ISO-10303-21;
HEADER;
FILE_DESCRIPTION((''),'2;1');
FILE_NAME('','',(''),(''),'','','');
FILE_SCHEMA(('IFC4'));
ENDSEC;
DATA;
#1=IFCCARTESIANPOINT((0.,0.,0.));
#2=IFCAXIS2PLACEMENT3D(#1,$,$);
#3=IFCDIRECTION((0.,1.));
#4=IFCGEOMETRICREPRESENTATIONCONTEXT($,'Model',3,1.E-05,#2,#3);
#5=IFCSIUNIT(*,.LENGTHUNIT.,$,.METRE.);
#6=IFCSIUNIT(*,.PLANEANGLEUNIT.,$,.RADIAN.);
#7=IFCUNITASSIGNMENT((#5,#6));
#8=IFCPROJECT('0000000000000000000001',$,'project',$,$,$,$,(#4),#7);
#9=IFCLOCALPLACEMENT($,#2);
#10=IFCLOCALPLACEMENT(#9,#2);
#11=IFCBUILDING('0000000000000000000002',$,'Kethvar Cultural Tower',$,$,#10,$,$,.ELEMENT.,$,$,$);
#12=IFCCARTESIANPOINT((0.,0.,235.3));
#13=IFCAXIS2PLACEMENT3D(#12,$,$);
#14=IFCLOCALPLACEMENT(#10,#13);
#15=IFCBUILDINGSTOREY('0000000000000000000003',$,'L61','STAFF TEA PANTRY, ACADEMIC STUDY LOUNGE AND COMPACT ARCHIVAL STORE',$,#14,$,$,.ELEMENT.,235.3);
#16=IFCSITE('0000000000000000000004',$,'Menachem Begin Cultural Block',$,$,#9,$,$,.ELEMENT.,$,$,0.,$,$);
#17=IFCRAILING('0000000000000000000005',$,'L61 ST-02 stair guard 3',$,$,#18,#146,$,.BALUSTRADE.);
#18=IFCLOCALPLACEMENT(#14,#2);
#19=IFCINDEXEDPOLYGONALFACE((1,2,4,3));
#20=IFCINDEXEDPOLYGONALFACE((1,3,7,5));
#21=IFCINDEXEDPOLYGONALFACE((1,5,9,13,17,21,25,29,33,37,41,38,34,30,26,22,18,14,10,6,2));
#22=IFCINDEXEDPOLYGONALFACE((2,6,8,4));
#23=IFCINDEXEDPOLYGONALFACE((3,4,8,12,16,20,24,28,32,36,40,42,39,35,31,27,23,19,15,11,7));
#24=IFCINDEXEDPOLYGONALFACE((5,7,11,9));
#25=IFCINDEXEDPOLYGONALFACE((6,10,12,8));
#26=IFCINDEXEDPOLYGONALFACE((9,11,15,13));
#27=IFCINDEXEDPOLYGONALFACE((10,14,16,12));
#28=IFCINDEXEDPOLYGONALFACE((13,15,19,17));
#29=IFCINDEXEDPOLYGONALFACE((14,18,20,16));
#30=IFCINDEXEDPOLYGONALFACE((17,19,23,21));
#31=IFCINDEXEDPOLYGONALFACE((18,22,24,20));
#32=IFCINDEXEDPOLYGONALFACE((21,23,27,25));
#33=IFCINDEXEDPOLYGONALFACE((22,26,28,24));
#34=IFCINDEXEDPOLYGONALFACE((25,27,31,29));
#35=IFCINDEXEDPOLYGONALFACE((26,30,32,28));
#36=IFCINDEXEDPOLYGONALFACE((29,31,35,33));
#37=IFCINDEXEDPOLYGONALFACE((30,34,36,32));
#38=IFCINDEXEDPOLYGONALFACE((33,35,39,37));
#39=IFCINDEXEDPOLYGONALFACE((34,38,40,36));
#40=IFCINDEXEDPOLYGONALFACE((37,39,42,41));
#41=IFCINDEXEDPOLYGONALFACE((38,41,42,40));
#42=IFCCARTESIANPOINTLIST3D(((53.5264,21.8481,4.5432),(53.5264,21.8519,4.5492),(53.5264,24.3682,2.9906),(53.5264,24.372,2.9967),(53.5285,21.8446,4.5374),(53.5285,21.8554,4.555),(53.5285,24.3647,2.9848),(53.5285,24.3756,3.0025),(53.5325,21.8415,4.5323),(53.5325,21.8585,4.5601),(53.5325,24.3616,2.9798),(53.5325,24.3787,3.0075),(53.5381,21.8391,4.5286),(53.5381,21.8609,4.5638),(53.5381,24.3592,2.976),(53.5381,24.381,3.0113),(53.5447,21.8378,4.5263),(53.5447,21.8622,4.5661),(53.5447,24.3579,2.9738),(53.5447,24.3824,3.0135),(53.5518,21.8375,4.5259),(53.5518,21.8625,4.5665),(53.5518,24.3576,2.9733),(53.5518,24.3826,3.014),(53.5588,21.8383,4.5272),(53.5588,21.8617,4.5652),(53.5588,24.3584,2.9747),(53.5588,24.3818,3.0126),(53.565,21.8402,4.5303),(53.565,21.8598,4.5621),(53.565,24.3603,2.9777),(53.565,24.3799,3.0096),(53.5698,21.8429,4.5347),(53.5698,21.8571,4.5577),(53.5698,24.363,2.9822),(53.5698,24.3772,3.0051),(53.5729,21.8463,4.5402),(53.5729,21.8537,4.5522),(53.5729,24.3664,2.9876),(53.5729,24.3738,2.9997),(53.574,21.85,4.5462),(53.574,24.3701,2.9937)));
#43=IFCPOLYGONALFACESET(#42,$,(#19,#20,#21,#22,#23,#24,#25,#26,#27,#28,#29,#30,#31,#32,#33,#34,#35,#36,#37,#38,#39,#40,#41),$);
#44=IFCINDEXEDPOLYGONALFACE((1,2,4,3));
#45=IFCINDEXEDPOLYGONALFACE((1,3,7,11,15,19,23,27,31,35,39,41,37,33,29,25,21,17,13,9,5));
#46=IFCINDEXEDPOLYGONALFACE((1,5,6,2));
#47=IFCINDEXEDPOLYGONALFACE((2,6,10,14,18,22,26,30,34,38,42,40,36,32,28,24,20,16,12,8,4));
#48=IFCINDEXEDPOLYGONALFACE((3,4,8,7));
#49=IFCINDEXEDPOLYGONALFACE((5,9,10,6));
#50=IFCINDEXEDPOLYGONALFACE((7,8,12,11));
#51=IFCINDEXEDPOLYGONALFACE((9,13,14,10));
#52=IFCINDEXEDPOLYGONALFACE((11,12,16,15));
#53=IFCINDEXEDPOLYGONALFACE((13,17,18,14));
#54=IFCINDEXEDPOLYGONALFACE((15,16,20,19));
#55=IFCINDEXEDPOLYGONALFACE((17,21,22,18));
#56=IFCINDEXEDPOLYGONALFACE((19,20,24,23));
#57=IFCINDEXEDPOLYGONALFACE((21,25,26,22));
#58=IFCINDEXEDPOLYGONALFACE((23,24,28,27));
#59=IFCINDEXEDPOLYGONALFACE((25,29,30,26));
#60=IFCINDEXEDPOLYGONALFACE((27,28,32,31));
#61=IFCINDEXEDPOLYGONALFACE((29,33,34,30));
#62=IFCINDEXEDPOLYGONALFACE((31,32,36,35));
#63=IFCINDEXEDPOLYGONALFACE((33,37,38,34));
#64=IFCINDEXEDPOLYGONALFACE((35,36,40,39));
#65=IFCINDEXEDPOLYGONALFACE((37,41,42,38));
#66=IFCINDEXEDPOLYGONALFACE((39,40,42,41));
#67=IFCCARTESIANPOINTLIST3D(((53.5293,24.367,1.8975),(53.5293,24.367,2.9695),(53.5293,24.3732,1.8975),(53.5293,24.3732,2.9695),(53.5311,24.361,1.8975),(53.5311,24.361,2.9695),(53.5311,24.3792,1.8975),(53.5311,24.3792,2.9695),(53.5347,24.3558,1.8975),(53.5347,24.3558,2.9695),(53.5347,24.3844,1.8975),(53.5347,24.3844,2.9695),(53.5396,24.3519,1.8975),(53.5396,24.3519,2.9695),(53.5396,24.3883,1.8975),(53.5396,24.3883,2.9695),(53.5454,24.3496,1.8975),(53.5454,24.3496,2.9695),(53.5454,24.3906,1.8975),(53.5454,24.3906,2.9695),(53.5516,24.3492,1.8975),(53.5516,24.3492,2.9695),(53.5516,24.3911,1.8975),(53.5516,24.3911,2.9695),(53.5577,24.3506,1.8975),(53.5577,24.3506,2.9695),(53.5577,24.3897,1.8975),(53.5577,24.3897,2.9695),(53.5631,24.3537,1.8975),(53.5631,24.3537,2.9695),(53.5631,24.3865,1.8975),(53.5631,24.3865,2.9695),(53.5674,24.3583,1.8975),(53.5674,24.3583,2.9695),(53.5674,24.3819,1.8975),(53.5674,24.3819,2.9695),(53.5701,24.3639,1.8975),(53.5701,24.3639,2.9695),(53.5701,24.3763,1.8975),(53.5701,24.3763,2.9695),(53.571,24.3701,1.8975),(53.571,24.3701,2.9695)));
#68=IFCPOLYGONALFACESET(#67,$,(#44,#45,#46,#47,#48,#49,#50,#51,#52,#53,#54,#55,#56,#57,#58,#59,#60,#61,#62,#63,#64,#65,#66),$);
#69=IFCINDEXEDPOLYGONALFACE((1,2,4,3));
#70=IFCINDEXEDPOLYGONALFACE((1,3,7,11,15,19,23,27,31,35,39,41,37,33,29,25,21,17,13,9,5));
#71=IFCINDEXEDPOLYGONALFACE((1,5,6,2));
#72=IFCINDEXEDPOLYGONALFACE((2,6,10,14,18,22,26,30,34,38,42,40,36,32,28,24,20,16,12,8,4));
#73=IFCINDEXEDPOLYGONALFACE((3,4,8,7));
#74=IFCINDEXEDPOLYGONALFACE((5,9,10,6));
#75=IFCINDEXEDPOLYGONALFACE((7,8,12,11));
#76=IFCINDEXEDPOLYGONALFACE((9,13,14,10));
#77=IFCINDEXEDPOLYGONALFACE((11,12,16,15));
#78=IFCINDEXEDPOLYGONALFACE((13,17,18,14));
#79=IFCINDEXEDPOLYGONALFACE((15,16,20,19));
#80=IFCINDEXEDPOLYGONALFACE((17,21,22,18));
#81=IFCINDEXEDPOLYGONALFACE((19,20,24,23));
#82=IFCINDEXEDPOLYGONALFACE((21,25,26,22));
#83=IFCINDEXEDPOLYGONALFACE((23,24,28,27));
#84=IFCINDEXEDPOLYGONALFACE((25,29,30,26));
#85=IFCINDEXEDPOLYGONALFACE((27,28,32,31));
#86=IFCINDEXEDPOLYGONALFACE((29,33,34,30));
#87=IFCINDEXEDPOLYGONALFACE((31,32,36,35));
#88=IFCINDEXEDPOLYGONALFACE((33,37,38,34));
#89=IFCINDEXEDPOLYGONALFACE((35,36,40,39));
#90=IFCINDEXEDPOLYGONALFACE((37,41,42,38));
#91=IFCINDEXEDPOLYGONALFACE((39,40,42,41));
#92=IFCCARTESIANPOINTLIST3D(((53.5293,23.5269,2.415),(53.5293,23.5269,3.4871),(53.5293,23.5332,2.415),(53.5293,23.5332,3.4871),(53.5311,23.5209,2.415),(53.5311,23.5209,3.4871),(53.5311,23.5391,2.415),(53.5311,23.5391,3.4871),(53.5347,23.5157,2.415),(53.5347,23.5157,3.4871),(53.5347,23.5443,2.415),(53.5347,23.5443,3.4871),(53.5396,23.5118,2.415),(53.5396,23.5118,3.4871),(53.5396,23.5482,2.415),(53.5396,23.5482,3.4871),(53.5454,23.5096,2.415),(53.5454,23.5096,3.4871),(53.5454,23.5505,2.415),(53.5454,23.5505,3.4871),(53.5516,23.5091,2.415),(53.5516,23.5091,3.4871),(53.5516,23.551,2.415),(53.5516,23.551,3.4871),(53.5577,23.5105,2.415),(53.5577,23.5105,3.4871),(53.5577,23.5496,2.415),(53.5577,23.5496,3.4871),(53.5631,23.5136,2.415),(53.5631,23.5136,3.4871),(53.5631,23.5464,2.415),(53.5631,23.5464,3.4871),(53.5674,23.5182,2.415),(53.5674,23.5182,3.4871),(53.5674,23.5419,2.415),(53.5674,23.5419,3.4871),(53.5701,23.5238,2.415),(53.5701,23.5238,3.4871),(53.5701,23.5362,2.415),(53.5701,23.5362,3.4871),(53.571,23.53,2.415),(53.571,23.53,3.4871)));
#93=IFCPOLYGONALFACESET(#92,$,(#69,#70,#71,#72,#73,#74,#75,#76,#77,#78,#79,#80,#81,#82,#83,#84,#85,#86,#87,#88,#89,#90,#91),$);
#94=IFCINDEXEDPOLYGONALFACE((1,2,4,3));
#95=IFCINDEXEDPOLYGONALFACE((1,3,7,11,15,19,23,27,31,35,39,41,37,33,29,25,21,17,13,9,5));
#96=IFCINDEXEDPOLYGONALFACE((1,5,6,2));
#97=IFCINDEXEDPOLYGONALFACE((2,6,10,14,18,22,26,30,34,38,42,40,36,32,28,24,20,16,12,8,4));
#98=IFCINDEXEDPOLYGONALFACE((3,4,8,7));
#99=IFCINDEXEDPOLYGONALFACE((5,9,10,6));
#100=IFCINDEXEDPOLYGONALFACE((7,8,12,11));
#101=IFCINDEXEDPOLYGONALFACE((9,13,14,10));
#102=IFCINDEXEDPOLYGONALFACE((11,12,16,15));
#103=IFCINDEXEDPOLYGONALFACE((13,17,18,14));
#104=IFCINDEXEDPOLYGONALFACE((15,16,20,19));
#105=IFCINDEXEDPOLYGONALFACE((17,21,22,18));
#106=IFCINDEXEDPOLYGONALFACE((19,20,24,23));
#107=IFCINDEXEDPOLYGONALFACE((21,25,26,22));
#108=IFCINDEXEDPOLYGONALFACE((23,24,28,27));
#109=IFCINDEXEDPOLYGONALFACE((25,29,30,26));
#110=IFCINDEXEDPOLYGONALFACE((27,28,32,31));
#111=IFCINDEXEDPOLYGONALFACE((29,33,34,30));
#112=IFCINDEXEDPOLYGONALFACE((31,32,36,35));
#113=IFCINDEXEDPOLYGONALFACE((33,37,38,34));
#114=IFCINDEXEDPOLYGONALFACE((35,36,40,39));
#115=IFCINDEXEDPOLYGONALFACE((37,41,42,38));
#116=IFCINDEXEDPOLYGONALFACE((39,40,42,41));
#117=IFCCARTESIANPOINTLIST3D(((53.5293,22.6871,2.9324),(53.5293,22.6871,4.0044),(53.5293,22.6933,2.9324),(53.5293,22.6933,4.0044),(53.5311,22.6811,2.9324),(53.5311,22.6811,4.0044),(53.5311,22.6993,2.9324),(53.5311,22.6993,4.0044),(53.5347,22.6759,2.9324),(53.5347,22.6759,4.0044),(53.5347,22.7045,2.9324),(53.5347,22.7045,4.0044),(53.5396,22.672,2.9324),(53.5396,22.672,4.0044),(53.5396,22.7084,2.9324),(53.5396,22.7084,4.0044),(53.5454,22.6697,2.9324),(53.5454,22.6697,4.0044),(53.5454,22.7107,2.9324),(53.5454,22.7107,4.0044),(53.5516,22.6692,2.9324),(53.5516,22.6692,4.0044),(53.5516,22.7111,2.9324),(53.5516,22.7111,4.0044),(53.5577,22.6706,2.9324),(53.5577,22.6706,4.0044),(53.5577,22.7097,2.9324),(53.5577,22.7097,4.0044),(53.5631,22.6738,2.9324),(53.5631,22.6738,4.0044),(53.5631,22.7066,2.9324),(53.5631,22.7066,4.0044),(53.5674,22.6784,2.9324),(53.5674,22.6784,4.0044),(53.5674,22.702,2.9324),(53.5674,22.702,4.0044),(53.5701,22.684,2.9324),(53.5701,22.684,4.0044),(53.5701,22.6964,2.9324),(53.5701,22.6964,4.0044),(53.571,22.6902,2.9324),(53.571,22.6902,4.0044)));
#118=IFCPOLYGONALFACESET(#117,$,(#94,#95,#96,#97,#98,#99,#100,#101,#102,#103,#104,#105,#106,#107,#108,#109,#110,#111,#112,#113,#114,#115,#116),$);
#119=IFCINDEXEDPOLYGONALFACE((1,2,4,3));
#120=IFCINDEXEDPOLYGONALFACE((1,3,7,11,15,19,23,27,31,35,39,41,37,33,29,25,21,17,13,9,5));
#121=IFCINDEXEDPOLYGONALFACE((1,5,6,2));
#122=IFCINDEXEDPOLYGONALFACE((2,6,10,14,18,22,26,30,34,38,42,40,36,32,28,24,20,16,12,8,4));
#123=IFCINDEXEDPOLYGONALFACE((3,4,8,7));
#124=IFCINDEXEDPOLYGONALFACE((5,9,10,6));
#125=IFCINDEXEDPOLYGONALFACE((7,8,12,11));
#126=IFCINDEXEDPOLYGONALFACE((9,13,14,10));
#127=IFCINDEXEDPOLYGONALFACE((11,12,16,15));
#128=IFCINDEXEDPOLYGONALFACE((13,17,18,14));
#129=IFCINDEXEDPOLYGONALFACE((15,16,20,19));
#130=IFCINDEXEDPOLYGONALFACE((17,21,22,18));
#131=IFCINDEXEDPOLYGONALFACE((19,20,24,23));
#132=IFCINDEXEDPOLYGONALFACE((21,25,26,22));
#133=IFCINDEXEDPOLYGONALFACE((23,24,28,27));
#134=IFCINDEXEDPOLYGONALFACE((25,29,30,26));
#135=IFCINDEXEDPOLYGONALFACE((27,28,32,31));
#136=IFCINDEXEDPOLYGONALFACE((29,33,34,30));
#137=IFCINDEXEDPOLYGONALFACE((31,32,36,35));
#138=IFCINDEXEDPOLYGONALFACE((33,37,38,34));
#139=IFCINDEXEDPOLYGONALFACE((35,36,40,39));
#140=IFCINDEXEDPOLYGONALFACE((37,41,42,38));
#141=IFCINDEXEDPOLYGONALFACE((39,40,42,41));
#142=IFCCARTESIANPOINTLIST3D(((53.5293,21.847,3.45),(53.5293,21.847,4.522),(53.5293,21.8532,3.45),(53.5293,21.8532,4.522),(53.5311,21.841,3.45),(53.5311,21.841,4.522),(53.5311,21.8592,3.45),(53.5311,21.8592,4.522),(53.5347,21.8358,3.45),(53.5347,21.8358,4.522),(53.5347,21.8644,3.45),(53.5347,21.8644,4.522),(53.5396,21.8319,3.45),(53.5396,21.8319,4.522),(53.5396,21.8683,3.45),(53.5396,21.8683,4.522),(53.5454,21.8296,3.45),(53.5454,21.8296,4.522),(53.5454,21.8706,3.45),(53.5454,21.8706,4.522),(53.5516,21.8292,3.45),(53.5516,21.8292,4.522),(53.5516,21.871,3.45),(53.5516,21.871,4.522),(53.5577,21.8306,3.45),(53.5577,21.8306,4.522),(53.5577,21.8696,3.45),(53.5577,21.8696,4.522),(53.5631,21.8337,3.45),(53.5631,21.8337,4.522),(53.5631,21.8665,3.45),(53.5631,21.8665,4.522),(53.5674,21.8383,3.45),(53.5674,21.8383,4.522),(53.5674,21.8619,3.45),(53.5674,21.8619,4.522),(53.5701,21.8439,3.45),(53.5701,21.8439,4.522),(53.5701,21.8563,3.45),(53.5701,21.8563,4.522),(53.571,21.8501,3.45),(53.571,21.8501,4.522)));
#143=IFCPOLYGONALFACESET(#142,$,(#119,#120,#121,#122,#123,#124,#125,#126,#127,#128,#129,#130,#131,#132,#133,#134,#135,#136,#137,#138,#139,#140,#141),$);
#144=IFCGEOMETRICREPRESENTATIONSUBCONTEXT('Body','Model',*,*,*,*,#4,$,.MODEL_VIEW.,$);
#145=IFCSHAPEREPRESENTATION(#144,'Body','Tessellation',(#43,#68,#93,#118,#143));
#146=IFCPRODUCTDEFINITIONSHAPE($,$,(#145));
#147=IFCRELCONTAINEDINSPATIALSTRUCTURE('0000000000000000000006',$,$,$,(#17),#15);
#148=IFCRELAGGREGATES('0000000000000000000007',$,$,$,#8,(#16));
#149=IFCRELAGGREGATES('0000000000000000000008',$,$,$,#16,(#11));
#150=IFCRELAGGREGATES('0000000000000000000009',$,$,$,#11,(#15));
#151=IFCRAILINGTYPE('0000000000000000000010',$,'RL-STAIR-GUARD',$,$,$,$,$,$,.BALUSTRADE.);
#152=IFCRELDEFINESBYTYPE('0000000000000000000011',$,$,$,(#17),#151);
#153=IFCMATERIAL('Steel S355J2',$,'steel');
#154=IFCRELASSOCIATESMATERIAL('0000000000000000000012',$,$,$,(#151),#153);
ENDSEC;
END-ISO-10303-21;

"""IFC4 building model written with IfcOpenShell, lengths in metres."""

from ifc_helpers import new_model, si_unit, direction, frame, origin, origin_2d, place, context, subcontext, project, spatial, circle, extrude, material, type_object, element, save


model = new_model("IFC4")

# Units and contexts
model_context = context("Model", 3, precision=1e-05, world=origin(), true_north=direction((0.0, 1.0)))
body_context = subcontext(model_context, "Body", "Model", "MODEL_VIEW")
ifc_project = project(units=[si_unit("LENGTHUNIT", "METRE"), si_unit("PLANEANGLEUNIT", "RADIAN")], contexts=[model_context])

# Site, building, storey
site_placement = place(None, origin())
site = spatial("IfcSite", under=ifc_project, at=site_placement, Name="Menachem Begin Cultural Block", CompositionType="ELEMENT", RefElevation=0.0)
building_placement = place(site_placement, origin())
building = spatial("IfcBuilding", under=site, at=building_placement, Name="Kethvar Cultural Tower", CompositionType="ELEMENT")
storey_placement = place(building_placement, frame((0.0, 0.0, 235.3)))
storey = spatial("IfcBuildingStorey", under=building, at=storey_placement, Name="L61", Description="STAFF TEA PANTRY, ACADEMIC STUDY LOUNGE AND COMPACT ARCHIVAL STORE", CompositionType="ELEMENT", Elevation=235.3)

# Shared definitions
ifc_material_1 = material(Name="Steel S355J2", Category="steel")

# Railing
railing_type_1 = type_object("IfcRailingType", Name="RL-STAIR-GUARD", PredefinedType="BALUSTRADE", material=ifc_material_1)
railing_1_placement = place(storey_placement, frame((53.55, 24.3701, 1.8975)))
element("IfcRailing", 1, at=railing_1_placement, inside=storey, type_object=railing_type_1, Name="L61 ST-02 stair guard 3", PredefinedType="BALUSTRADE", context=body_context, shape_type="SweptSolid", body=[
    extrude(circle(Radius=0.0239, at=origin_2d()), frame((0.0, 0.0, 1.0962), z_axis=(0.0, -0.8514, 0.524516), x_axis=(1.0, 0.0, 0.0)), (0.0, 0.0, 1.0), 2.96),
    extrude(circle(Radius=0.021, at=origin_2d()), origin(), (0.0, 0.0, 1.0), 1.072),
    extrude(circle(Radius=0.021, at=origin_2d()), frame((0.0, -0.8401, 0.5176)), (0.0, 0.0, 1.0), 1.072),
    extrude(circle(Radius=0.021, at=origin_2d()), frame((0.0, -1.6799, 1.0349)), (0.0, 0.0, 1.0), 1.072),
    extrude(circle(Radius=0.021, at=origin_2d()), frame((0.0, -2.52, 1.5525)), (0.0, 0.0, 1.0), 1.072),
])

save(model, "model.ifc")
